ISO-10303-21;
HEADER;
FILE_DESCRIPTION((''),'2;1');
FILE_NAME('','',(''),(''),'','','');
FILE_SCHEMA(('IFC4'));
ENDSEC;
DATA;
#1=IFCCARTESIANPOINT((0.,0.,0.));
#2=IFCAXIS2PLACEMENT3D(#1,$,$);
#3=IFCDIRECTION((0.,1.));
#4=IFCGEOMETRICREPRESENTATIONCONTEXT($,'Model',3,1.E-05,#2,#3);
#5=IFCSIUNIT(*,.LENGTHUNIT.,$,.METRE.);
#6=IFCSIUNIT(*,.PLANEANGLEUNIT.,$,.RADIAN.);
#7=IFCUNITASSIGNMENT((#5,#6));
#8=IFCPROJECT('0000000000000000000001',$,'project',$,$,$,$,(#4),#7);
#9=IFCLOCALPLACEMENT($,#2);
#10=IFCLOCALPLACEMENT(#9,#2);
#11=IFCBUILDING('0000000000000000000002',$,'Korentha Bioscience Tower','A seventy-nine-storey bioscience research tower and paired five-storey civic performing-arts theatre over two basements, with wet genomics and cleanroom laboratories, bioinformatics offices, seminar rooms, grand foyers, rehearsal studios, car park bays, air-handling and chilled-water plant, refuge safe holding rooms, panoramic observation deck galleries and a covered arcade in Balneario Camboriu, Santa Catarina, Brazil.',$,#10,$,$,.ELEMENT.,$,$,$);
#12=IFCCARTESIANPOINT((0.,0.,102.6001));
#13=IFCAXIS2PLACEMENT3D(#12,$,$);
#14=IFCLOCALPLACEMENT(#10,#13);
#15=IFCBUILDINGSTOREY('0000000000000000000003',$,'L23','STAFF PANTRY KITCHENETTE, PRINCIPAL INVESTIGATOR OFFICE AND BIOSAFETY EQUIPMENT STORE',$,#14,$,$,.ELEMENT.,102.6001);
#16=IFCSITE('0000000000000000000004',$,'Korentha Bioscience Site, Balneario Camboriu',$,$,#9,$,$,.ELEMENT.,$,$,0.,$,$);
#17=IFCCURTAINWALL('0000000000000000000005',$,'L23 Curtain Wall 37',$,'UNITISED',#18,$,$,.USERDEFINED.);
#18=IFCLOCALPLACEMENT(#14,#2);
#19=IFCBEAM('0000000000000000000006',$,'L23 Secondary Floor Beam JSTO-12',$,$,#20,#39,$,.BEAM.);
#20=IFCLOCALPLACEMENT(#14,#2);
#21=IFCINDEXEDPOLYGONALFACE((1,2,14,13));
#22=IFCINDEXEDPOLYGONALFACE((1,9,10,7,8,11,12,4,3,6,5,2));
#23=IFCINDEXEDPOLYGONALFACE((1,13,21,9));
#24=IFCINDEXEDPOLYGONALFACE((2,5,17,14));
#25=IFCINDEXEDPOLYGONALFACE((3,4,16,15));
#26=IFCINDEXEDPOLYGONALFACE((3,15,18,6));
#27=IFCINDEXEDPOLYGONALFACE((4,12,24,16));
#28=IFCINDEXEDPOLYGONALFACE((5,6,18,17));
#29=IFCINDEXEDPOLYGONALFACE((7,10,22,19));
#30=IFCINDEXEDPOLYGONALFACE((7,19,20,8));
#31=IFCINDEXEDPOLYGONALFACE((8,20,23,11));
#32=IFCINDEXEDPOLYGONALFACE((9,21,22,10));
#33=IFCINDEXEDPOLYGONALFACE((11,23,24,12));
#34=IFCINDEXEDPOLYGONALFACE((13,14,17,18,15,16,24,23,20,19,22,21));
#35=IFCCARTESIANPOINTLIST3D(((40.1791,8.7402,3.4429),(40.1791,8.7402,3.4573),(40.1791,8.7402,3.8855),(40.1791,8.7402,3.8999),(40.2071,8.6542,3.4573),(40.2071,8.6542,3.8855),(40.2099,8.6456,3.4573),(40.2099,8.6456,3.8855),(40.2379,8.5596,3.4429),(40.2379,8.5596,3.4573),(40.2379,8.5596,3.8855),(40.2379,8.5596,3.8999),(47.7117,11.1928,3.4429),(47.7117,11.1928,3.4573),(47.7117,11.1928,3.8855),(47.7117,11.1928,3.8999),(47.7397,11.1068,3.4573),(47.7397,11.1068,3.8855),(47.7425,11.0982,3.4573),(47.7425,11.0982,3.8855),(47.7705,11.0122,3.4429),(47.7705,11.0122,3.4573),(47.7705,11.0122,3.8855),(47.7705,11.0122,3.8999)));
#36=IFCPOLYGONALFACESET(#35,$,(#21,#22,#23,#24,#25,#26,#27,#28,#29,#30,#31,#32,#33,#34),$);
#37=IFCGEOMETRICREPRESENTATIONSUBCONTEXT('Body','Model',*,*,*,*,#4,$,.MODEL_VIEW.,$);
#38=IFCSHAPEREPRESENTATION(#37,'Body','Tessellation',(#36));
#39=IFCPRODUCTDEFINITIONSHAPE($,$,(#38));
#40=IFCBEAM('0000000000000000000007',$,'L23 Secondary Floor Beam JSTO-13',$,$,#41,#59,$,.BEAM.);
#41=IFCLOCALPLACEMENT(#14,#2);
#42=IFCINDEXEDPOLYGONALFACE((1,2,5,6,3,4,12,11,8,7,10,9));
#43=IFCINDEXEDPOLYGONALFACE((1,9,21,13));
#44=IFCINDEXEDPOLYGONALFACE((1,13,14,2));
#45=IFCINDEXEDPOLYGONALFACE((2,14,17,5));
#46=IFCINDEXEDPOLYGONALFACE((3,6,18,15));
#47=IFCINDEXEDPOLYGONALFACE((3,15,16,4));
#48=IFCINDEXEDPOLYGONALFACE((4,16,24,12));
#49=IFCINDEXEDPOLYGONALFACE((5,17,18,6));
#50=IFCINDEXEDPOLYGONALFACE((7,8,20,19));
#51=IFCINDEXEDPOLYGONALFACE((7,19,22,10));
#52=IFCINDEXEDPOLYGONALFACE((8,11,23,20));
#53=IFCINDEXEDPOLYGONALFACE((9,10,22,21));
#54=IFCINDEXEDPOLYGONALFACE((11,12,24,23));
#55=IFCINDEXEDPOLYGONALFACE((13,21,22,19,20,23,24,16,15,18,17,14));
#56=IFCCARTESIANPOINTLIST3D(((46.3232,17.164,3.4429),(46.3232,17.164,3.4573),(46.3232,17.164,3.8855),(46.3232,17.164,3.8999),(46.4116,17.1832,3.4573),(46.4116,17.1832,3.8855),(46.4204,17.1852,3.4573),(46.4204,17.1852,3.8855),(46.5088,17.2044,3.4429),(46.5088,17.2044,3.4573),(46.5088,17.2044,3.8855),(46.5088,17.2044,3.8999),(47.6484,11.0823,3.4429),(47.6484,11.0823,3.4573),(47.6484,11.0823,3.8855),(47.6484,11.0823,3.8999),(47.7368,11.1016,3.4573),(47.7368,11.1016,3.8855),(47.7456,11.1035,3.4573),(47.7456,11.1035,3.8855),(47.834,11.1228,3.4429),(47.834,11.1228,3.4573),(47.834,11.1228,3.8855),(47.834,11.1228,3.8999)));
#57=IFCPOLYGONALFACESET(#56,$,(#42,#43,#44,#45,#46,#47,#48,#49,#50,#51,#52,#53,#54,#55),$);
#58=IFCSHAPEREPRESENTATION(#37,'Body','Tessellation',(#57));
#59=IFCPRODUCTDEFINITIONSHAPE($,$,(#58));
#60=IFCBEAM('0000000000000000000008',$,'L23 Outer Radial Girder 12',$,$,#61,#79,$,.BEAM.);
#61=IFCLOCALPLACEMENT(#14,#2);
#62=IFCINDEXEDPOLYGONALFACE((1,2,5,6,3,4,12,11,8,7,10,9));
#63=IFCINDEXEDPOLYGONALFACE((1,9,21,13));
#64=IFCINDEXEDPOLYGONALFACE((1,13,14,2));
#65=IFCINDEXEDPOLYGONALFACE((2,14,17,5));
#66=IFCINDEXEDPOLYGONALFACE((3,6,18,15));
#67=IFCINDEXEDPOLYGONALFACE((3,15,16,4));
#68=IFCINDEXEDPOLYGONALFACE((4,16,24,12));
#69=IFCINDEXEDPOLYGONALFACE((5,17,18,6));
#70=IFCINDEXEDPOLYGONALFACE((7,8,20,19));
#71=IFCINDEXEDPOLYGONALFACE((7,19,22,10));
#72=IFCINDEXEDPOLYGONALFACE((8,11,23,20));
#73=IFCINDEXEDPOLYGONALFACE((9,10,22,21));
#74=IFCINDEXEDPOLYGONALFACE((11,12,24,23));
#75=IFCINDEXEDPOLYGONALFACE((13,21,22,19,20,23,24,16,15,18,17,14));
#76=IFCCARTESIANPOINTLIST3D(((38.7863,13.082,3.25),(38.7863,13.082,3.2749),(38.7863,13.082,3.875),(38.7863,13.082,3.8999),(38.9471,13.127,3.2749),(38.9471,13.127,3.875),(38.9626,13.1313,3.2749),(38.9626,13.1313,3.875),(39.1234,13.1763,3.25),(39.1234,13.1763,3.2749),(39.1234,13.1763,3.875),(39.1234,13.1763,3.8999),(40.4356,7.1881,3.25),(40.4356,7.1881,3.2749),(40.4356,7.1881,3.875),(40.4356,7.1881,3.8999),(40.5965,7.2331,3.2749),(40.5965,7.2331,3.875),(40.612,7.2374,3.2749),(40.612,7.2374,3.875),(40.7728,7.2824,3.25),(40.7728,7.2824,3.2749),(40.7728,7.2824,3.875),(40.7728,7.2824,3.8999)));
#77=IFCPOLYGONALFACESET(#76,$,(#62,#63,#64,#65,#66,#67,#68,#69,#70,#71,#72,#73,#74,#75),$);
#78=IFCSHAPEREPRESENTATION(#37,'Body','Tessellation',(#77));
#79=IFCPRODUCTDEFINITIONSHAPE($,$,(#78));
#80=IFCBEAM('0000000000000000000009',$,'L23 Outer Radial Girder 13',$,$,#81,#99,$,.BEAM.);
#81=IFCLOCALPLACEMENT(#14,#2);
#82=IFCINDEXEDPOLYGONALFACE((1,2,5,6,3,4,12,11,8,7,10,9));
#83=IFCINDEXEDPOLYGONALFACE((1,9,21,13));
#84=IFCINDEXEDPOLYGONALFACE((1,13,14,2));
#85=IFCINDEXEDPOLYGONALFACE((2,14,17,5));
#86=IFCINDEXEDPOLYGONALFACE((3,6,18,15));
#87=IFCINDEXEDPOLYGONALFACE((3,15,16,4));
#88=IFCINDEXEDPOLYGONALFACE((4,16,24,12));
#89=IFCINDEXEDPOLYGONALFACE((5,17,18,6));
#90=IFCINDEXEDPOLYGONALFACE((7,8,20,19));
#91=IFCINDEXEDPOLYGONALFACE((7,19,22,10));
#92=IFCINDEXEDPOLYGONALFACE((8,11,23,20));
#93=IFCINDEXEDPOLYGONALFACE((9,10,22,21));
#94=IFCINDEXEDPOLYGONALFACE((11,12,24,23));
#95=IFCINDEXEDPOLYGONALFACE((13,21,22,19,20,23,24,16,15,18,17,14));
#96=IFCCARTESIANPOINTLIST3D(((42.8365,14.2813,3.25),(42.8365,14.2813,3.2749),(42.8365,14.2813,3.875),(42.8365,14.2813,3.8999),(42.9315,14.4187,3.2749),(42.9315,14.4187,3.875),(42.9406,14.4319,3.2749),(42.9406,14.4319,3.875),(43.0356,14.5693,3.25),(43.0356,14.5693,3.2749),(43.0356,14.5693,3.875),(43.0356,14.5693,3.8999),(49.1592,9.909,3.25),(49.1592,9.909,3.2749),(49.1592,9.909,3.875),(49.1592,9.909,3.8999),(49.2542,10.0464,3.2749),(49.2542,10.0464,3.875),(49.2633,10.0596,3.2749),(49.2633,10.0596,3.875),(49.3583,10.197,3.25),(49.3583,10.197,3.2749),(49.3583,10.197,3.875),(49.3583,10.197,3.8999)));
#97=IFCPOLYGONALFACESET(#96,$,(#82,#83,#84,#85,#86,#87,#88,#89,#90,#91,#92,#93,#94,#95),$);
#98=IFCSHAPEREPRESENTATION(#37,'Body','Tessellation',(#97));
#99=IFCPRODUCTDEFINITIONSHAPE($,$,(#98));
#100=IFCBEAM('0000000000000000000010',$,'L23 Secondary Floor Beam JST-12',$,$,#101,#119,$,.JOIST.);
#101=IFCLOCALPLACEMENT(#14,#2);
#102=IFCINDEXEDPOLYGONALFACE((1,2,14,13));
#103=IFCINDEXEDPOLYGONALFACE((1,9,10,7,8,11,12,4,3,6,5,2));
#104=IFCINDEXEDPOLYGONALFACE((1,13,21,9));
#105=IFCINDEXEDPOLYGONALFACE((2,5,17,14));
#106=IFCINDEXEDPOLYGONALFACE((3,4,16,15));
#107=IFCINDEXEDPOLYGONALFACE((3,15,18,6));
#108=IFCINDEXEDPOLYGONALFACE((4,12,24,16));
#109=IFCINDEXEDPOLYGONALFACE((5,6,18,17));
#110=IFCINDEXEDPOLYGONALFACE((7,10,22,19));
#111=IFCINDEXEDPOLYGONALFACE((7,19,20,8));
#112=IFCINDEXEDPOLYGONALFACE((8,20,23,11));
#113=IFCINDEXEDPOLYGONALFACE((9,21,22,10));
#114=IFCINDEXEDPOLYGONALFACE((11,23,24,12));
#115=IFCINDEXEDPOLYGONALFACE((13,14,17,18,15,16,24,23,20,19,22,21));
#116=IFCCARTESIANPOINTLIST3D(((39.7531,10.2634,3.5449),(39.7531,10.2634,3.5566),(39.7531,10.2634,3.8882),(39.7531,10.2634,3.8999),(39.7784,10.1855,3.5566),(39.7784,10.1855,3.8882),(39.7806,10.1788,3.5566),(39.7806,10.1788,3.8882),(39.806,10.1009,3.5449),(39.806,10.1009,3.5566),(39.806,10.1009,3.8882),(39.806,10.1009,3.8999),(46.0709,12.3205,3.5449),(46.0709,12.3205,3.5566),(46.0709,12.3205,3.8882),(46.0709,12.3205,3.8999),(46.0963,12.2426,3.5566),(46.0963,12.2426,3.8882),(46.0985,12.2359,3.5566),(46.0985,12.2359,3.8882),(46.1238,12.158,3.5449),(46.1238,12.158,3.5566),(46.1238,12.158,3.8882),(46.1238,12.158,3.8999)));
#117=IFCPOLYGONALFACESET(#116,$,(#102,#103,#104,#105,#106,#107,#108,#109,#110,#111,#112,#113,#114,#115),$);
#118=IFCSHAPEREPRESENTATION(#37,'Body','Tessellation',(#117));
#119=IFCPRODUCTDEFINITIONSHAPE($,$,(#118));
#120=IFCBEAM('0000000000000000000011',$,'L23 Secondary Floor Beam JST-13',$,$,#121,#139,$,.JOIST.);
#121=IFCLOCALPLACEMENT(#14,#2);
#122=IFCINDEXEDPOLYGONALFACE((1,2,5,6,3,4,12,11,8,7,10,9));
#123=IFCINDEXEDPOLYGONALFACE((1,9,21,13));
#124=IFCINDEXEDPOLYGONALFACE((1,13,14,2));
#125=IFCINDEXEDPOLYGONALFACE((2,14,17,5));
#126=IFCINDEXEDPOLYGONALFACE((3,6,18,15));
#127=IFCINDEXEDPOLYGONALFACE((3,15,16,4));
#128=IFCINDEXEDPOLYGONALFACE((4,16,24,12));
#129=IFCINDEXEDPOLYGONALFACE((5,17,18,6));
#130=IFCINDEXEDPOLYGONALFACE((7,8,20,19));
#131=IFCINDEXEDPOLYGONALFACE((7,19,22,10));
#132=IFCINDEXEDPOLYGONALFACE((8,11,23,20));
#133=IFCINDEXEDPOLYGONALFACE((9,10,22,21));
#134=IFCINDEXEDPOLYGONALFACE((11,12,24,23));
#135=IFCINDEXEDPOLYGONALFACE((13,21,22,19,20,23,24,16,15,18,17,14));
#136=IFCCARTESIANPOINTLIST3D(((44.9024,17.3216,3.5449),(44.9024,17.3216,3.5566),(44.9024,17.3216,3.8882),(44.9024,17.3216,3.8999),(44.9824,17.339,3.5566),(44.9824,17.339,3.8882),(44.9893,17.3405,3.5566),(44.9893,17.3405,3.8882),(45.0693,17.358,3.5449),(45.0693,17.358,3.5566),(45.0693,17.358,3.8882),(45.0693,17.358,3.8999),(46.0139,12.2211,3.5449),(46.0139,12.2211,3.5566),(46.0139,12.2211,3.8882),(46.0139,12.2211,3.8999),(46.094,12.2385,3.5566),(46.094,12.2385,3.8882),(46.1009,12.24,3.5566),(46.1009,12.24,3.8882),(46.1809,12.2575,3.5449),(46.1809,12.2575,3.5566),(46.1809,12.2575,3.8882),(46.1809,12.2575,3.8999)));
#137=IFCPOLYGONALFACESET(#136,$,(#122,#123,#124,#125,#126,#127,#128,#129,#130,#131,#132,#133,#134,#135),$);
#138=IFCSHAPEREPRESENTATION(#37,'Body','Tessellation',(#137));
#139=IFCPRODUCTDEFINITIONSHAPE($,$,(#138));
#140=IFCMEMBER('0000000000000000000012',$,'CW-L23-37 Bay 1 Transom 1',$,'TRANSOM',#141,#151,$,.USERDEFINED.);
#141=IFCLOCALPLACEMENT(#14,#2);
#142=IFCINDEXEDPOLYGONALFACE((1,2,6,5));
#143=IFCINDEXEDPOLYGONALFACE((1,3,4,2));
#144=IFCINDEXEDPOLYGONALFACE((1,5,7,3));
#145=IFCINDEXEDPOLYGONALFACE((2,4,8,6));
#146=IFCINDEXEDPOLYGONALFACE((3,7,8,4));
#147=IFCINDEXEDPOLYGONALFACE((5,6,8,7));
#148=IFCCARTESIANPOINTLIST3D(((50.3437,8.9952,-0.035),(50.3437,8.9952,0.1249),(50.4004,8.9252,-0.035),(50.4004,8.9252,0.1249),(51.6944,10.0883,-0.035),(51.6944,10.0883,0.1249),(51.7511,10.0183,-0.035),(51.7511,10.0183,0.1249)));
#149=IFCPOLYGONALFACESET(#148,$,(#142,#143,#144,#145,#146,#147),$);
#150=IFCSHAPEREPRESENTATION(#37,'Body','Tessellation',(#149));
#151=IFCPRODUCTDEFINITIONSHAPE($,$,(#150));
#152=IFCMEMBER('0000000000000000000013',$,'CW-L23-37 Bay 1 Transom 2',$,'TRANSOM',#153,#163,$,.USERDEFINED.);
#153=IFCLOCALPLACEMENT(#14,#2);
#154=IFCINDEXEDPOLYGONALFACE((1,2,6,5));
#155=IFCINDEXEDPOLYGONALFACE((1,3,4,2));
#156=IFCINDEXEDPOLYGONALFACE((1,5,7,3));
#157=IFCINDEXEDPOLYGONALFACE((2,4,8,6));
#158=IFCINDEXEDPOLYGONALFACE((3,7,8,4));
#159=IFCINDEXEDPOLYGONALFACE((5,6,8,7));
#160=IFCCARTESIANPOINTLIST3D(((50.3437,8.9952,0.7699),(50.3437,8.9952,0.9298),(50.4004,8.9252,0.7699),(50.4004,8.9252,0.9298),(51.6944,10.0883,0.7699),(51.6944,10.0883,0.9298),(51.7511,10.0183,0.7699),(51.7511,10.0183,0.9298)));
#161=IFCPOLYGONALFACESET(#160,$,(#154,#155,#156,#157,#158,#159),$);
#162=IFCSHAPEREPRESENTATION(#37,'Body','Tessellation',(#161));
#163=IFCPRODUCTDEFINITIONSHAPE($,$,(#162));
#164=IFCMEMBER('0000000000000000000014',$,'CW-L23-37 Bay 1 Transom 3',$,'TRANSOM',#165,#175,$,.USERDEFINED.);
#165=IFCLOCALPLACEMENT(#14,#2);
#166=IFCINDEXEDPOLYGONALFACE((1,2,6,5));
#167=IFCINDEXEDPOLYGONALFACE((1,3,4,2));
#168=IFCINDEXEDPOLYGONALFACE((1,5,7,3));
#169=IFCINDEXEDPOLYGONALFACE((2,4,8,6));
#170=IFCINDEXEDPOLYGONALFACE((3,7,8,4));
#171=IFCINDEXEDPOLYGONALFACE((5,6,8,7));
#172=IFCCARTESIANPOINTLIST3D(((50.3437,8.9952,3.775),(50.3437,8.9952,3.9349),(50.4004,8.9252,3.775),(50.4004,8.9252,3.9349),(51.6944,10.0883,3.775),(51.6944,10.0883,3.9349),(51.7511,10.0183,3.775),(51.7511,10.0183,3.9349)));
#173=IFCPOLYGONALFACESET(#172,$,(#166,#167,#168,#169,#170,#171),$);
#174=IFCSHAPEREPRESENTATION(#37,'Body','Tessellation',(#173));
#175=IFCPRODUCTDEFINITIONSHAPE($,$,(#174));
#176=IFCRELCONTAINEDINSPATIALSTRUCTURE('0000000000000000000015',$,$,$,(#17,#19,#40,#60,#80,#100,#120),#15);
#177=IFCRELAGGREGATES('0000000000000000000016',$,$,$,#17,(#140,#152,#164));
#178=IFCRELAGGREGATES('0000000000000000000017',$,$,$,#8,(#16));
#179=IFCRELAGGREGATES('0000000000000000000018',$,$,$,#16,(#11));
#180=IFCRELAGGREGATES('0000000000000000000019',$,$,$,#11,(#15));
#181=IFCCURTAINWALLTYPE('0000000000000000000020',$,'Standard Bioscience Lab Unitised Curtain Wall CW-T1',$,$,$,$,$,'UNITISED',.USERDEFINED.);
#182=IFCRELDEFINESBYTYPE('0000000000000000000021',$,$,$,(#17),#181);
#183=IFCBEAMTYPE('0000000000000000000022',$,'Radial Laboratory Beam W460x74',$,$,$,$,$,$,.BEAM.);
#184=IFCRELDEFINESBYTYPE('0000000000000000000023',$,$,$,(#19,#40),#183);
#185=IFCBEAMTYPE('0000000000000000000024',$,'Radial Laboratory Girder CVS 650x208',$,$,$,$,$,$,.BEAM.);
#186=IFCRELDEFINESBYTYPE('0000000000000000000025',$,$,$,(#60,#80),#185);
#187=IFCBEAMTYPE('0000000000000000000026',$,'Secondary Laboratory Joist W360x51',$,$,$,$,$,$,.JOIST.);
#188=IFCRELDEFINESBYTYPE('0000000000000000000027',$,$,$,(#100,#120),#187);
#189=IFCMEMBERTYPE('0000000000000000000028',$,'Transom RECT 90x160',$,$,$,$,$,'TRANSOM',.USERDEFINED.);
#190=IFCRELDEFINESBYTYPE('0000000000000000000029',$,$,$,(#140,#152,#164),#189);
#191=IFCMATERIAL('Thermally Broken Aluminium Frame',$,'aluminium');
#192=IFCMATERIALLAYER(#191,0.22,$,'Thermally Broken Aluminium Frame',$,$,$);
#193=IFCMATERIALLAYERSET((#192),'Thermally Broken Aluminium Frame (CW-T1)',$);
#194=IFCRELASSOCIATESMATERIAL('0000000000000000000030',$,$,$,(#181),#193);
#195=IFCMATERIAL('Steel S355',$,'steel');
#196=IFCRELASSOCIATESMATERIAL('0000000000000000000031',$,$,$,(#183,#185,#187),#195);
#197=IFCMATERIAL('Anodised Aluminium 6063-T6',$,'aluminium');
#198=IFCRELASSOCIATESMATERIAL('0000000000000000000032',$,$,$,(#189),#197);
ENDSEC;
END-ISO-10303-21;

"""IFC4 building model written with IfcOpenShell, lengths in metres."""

from ifc_helpers import new_model, si_unit, direction, frame, origin, origin_2d, place, context, subcontext, project, spatial, rectangle, i_section, extrude, material, layer, layer_set, material_profile, profile_set, type_object, element, aggregate, save


model = new_model("IFC4")

# Units and contexts
model_context = context("Model", 3, precision=1e-05, world=origin(), true_north=direction((0.0, 1.0)))
body_context = subcontext(model_context, "Body", "Model", "MODEL_VIEW")
ifc_project = project(units=[si_unit("LENGTHUNIT", "METRE"), si_unit("PLANEANGLEUNIT", "RADIAN")], contexts=[model_context])

# Site, building, storey
site_placement = place(None, origin())
site = spatial("IfcSite", under=ifc_project, at=site_placement, Name="Korentha Bioscience Site, Balneario Camboriu", CompositionType="ELEMENT", RefElevation=0.0)
building_placement = place(site_placement, origin())
building = spatial("IfcBuilding", under=site, at=building_placement, Name="Korentha Bioscience Tower", Description="A seventy-nine-storey bioscience research tower and paired five-storey civic performing-arts theatre over two basements, with wet genomics and cleanroom laboratories, bioinformatics offices, seminar rooms, grand foyers, rehearsal studios, car park bays, air-handling and chilled-water plant, refuge safe holding rooms, panoramic observation deck galleries and a covered arcade in Balneario Camboriu, Santa Catarina, Brazil.", CompositionType="ELEMENT")
storey_placement = place(building_placement, frame((0.0, 0.0, 102.6001)))
storey = spatial("IfcBuildingStorey", under=building, at=storey_placement, Name="L23", Description="STAFF PANTRY KITCHENETTE, PRINCIPAL INVESTIGATOR OFFICE AND BIOSAFETY EQUIPMENT STORE", CompositionType="ELEMENT", Elevation=102.6001)

# Shared definitions
ifc_material_1 = material(Name="Steel S355", Category="steel")

# Curtain wall
ifc_material_2 = material(Name="Thermally Broken Aluminium Frame", Category="aluminium")
ifc_layer_1 = layer(ifc_material_2, 0.22, Name="Thermally Broken Aluminium Frame")
ifc_layer_set_1 = layer_set([ifc_layer_1], Name="Thermally Broken Aluminium Frame (CW-T1)")
curtain_wall_type = type_object("IfcCurtainWallType", Name="Standard Bioscience Lab Unitised Curtain Wall CW-T1", ElementType="UNITISED", PredefinedType="USERDEFINED", material=ifc_layer_set_1)
curtain_wall_placement = place(storey_placement, origin())
curtain_wall = element("IfcCurtainWall", 1, at=curtain_wall_placement, inside=storey, type_object=curtain_wall_type, Name="L23 Curtain Wall 37", ObjectType="UNITISED", PredefinedType="USERDEFINED")
ifc_material_3 = material(Name="Anodised Aluminium 6063-T6", Category="aluminium")

# Beams
ifc_material_profile_1 = material_profile(ifc_material_1, i_section(OverallWidth=0.1899, OverallDepth=0.457, WebThickness=0.009, FlangeThickness=0.0144, at=origin_2d()), Name="Steel S355")
ifc_profile_set_1 = profile_set([ifc_material_profile_1], Name="Steel S355 (RB-460)")
beam_type_1 = type_object("IfcBeamType", Name="Radial Laboratory Beam W460x74", PredefinedType="BEAM", material=ifc_profile_set_1)
beam_1_placement = place(storey_placement, frame((40.2085, 8.6499, 3.6714), z_axis=(0.950867, 0.3096, 0.0), x_axis=(-0.3096, 0.950867, 0.0)))
element("IfcBeam", 2, at=beam_1_placement, inside=storey, type_object=beam_type_1, Name="L23 Secondary Floor Beam JSTO-12", PredefinedType="BEAM", context=body_context, shape_type="SweptSolid", body=[
    extrude(i_section(OverallWidth=0.1899, OverallDepth=0.457, WebThickness=0.009, FlangeThickness=0.0144, at=origin_2d()), origin(), (0.0, 0.0, 1.0), 7.9219),
])
beam_2_placement = place(storey_placement, frame((47.7412, 11.1025, 3.6714), z_axis=(-0.212908, 0.977072, 0.0), x_axis=(-0.977072, -0.212908, 0.0)))
element("IfcBeam", 3, at=beam_2_placement, inside=storey, type_object=beam_type_1, Name="L23 Secondary Floor Beam JSTO-13", PredefinedType="BEAM", context=body_context, shape_type="SweptSolid", body=[
    extrude(i_section(OverallWidth=0.1899, OverallDepth=0.457, WebThickness=0.009, FlangeThickness=0.0144, at=origin_2d()), origin(), (0.0, 0.0, 1.0), 6.2244),
])
ifc_material_profile_2 = material_profile(ifc_material_1, i_section(OverallWidth=0.3501, OverallDepth=0.6499, WebThickness=0.0161, FlangeThickness=0.0249, at=origin_2d()), Name="Steel S355")
ifc_profile_set_2 = profile_set([ifc_material_profile_2], Name="Steel S355 (RB-650)")
beam_type_2 = type_object("IfcBeamType", Name="Radial Laboratory Girder CVS 650x208", PredefinedType="BEAM", material=ifc_profile_set_2)
beam_3_placement = place(storey_placement, frame((38.9548, 13.1292, 3.575), z_axis=(0.269491, -0.963003, 0.0), x_axis=(0.963003, 0.269491, 0.0)))
element("IfcBeam", 4, at=beam_3_placement, inside=storey, type_object=beam_type_2, Name="L23 Outer Radial Girder 12", PredefinedType="BEAM", context=body_context, shape_type="SweptSolid", body=[
    extrude(i_section(OverallWidth=0.3501, OverallDepth=0.6499, WebThickness=0.0161, FlangeThickness=0.0249, at=origin_2d()), origin(), (0.0, 0.0, 1.0), 6.1204),
])
beam_4_placement = place(storey_placement, frame((42.936, 14.4253, 3.575), z_axis=(0.822495, -0.568772, 0.0), x_axis=(0.568772, 0.822495, 0.0)))
element("IfcBeam", 5, at=beam_4_placement, inside=storey, type_object=beam_type_2, Name="L23 Outer Radial Girder 13", PredefinedType="BEAM", context=body_context, shape_type="SweptSolid", body=[
    extrude(i_section(OverallWidth=0.3501, OverallDepth=0.6499, WebThickness=0.0161, FlangeThickness=0.0249, at=origin_2d()), origin(), (0.0, 0.0, 1.0), 7.6873),
])
ifc_material_profile_3 = material_profile(ifc_material_1, i_section(OverallWidth=0.1709, OverallDepth=0.355, WebThickness=0.0071, FlangeThickness=0.0117, at=origin_2d()), Name="Steel S355")
ifc_profile_set_3 = profile_set([ifc_material_profile_3], Name="Steel S355 (JB-360)")
beam_type_3 = type_object("IfcBeamType", Name="Secondary Laboratory Joist W360x51", PredefinedType="JOIST", material=ifc_profile_set_3)
beam_5_placement = place(storey_placement, frame((39.7795, 10.1821, 3.7224), z_axis=(0.950865, 0.309606, 0.0), x_axis=(-0.309606, 0.950865, 0.0)))
element("IfcBeam", 6, at=beam_5_placement, inside=storey, type_object=beam_type_3, Name="L23 Secondary Floor Beam JST-12", PredefinedType="JOIST", context=body_context, shape_type="SweptSolid", body=[
    extrude(i_section(OverallWidth=0.1709, OverallDepth=0.355, WebThickness=0.0071, FlangeThickness=0.0117, at=origin_2d()), origin(), (0.0, 0.0, 1.0), 6.6443),
])
beam_6_placement = place(storey_placement, frame((46.0974, 12.2393, 3.7224), z_axis=(-0.212932, 0.977067, 0.0), x_axis=(-0.977067, -0.212932, 0.0)))
element("IfcBeam", 7, at=beam_6_placement, inside=storey, type_object=beam_type_3, Name="L23 Secondary Floor Beam JST-13", PredefinedType="JOIST", context=body_context, shape_type="SweptSolid", body=[
    extrude(i_section(OverallWidth=0.1709, OverallDepth=0.355, WebThickness=0.0071, FlangeThickness=0.0117, at=origin_2d()), origin(), (0.0, 0.0, 1.0), 5.2202),
])

# Members
ifc_material_profile_4 = material_profile(ifc_material_3, rectangle(XDim=0.0901, YDim=0.1599, at=origin_2d()), Name="Anodised Aluminium 6063-T6")
ifc_profile_set_4 = profile_set([ifc_material_profile_4], Name="Anodised Aluminium 6063-T6 (CW-TRN)")
member_type_1 = type_object("IfcMemberType", Name="Transom RECT 90x160", ElementType="TRANSOM", PredefinedType="USERDEFINED", material=ifc_profile_set_4)
member_1_placement = place(storey_placement, frame((50.3721, 8.9602, 0.0449), z_axis=(0.777333, 0.629089, 0.0), x_axis=(-0.629089, 0.777333, 0.0)))
member_1 = element("IfcMember", 8, at=member_1_placement, type_object=member_type_1, Name="CW-L23-37 Bay 1 Transom 1", ObjectType="TRANSOM", PredefinedType="USERDEFINED", context=body_context, shape_type="SweptSolid", body=[
    extrude(rectangle(XDim=0.0901, YDim=0.1599, at=origin_2d()), origin(), (0.0, 0.0, 1.0), 1.7375),
])
member_2_placement = place(storey_placement, frame((50.3721, 8.9602, 0.8499), z_axis=(0.777333, 0.629089, 0.0), x_axis=(-0.629089, 0.777333, 0.0)))
member_2 = element("IfcMember", 9, at=member_2_placement, type_object=member_type_1, Name="CW-L23-37 Bay 1 Transom 2", ObjectType="TRANSOM", PredefinedType="USERDEFINED", context=body_context, shape_type="SweptSolid", body=[
    extrude(rectangle(XDim=0.0901, YDim=0.1599, at=origin_2d()), origin(), (0.0, 0.0, 1.0), 1.7375),
])
member_3_placement = place(storey_placement, frame((50.3721, 8.9602, 3.855), z_axis=(0.777333, 0.629089, 0.0), x_axis=(-0.629089, 0.777333, 0.0)))
member_3 = element("IfcMember", 10, at=member_3_placement, type_object=member_type_1, Name="CW-L23-37 Bay 1 Transom 3", ObjectType="TRANSOM", PredefinedType="USERDEFINED", context=body_context, shape_type="SweptSolid", body=[
    extrude(rectangle(XDim=0.0901, YDim=0.1599, at=origin_2d()), origin(), (0.0, 0.0, 1.0), 1.7375),
])

aggregate(curtain_wall, [member_1, member_2, member_3])

save(model, "model.ifc")
